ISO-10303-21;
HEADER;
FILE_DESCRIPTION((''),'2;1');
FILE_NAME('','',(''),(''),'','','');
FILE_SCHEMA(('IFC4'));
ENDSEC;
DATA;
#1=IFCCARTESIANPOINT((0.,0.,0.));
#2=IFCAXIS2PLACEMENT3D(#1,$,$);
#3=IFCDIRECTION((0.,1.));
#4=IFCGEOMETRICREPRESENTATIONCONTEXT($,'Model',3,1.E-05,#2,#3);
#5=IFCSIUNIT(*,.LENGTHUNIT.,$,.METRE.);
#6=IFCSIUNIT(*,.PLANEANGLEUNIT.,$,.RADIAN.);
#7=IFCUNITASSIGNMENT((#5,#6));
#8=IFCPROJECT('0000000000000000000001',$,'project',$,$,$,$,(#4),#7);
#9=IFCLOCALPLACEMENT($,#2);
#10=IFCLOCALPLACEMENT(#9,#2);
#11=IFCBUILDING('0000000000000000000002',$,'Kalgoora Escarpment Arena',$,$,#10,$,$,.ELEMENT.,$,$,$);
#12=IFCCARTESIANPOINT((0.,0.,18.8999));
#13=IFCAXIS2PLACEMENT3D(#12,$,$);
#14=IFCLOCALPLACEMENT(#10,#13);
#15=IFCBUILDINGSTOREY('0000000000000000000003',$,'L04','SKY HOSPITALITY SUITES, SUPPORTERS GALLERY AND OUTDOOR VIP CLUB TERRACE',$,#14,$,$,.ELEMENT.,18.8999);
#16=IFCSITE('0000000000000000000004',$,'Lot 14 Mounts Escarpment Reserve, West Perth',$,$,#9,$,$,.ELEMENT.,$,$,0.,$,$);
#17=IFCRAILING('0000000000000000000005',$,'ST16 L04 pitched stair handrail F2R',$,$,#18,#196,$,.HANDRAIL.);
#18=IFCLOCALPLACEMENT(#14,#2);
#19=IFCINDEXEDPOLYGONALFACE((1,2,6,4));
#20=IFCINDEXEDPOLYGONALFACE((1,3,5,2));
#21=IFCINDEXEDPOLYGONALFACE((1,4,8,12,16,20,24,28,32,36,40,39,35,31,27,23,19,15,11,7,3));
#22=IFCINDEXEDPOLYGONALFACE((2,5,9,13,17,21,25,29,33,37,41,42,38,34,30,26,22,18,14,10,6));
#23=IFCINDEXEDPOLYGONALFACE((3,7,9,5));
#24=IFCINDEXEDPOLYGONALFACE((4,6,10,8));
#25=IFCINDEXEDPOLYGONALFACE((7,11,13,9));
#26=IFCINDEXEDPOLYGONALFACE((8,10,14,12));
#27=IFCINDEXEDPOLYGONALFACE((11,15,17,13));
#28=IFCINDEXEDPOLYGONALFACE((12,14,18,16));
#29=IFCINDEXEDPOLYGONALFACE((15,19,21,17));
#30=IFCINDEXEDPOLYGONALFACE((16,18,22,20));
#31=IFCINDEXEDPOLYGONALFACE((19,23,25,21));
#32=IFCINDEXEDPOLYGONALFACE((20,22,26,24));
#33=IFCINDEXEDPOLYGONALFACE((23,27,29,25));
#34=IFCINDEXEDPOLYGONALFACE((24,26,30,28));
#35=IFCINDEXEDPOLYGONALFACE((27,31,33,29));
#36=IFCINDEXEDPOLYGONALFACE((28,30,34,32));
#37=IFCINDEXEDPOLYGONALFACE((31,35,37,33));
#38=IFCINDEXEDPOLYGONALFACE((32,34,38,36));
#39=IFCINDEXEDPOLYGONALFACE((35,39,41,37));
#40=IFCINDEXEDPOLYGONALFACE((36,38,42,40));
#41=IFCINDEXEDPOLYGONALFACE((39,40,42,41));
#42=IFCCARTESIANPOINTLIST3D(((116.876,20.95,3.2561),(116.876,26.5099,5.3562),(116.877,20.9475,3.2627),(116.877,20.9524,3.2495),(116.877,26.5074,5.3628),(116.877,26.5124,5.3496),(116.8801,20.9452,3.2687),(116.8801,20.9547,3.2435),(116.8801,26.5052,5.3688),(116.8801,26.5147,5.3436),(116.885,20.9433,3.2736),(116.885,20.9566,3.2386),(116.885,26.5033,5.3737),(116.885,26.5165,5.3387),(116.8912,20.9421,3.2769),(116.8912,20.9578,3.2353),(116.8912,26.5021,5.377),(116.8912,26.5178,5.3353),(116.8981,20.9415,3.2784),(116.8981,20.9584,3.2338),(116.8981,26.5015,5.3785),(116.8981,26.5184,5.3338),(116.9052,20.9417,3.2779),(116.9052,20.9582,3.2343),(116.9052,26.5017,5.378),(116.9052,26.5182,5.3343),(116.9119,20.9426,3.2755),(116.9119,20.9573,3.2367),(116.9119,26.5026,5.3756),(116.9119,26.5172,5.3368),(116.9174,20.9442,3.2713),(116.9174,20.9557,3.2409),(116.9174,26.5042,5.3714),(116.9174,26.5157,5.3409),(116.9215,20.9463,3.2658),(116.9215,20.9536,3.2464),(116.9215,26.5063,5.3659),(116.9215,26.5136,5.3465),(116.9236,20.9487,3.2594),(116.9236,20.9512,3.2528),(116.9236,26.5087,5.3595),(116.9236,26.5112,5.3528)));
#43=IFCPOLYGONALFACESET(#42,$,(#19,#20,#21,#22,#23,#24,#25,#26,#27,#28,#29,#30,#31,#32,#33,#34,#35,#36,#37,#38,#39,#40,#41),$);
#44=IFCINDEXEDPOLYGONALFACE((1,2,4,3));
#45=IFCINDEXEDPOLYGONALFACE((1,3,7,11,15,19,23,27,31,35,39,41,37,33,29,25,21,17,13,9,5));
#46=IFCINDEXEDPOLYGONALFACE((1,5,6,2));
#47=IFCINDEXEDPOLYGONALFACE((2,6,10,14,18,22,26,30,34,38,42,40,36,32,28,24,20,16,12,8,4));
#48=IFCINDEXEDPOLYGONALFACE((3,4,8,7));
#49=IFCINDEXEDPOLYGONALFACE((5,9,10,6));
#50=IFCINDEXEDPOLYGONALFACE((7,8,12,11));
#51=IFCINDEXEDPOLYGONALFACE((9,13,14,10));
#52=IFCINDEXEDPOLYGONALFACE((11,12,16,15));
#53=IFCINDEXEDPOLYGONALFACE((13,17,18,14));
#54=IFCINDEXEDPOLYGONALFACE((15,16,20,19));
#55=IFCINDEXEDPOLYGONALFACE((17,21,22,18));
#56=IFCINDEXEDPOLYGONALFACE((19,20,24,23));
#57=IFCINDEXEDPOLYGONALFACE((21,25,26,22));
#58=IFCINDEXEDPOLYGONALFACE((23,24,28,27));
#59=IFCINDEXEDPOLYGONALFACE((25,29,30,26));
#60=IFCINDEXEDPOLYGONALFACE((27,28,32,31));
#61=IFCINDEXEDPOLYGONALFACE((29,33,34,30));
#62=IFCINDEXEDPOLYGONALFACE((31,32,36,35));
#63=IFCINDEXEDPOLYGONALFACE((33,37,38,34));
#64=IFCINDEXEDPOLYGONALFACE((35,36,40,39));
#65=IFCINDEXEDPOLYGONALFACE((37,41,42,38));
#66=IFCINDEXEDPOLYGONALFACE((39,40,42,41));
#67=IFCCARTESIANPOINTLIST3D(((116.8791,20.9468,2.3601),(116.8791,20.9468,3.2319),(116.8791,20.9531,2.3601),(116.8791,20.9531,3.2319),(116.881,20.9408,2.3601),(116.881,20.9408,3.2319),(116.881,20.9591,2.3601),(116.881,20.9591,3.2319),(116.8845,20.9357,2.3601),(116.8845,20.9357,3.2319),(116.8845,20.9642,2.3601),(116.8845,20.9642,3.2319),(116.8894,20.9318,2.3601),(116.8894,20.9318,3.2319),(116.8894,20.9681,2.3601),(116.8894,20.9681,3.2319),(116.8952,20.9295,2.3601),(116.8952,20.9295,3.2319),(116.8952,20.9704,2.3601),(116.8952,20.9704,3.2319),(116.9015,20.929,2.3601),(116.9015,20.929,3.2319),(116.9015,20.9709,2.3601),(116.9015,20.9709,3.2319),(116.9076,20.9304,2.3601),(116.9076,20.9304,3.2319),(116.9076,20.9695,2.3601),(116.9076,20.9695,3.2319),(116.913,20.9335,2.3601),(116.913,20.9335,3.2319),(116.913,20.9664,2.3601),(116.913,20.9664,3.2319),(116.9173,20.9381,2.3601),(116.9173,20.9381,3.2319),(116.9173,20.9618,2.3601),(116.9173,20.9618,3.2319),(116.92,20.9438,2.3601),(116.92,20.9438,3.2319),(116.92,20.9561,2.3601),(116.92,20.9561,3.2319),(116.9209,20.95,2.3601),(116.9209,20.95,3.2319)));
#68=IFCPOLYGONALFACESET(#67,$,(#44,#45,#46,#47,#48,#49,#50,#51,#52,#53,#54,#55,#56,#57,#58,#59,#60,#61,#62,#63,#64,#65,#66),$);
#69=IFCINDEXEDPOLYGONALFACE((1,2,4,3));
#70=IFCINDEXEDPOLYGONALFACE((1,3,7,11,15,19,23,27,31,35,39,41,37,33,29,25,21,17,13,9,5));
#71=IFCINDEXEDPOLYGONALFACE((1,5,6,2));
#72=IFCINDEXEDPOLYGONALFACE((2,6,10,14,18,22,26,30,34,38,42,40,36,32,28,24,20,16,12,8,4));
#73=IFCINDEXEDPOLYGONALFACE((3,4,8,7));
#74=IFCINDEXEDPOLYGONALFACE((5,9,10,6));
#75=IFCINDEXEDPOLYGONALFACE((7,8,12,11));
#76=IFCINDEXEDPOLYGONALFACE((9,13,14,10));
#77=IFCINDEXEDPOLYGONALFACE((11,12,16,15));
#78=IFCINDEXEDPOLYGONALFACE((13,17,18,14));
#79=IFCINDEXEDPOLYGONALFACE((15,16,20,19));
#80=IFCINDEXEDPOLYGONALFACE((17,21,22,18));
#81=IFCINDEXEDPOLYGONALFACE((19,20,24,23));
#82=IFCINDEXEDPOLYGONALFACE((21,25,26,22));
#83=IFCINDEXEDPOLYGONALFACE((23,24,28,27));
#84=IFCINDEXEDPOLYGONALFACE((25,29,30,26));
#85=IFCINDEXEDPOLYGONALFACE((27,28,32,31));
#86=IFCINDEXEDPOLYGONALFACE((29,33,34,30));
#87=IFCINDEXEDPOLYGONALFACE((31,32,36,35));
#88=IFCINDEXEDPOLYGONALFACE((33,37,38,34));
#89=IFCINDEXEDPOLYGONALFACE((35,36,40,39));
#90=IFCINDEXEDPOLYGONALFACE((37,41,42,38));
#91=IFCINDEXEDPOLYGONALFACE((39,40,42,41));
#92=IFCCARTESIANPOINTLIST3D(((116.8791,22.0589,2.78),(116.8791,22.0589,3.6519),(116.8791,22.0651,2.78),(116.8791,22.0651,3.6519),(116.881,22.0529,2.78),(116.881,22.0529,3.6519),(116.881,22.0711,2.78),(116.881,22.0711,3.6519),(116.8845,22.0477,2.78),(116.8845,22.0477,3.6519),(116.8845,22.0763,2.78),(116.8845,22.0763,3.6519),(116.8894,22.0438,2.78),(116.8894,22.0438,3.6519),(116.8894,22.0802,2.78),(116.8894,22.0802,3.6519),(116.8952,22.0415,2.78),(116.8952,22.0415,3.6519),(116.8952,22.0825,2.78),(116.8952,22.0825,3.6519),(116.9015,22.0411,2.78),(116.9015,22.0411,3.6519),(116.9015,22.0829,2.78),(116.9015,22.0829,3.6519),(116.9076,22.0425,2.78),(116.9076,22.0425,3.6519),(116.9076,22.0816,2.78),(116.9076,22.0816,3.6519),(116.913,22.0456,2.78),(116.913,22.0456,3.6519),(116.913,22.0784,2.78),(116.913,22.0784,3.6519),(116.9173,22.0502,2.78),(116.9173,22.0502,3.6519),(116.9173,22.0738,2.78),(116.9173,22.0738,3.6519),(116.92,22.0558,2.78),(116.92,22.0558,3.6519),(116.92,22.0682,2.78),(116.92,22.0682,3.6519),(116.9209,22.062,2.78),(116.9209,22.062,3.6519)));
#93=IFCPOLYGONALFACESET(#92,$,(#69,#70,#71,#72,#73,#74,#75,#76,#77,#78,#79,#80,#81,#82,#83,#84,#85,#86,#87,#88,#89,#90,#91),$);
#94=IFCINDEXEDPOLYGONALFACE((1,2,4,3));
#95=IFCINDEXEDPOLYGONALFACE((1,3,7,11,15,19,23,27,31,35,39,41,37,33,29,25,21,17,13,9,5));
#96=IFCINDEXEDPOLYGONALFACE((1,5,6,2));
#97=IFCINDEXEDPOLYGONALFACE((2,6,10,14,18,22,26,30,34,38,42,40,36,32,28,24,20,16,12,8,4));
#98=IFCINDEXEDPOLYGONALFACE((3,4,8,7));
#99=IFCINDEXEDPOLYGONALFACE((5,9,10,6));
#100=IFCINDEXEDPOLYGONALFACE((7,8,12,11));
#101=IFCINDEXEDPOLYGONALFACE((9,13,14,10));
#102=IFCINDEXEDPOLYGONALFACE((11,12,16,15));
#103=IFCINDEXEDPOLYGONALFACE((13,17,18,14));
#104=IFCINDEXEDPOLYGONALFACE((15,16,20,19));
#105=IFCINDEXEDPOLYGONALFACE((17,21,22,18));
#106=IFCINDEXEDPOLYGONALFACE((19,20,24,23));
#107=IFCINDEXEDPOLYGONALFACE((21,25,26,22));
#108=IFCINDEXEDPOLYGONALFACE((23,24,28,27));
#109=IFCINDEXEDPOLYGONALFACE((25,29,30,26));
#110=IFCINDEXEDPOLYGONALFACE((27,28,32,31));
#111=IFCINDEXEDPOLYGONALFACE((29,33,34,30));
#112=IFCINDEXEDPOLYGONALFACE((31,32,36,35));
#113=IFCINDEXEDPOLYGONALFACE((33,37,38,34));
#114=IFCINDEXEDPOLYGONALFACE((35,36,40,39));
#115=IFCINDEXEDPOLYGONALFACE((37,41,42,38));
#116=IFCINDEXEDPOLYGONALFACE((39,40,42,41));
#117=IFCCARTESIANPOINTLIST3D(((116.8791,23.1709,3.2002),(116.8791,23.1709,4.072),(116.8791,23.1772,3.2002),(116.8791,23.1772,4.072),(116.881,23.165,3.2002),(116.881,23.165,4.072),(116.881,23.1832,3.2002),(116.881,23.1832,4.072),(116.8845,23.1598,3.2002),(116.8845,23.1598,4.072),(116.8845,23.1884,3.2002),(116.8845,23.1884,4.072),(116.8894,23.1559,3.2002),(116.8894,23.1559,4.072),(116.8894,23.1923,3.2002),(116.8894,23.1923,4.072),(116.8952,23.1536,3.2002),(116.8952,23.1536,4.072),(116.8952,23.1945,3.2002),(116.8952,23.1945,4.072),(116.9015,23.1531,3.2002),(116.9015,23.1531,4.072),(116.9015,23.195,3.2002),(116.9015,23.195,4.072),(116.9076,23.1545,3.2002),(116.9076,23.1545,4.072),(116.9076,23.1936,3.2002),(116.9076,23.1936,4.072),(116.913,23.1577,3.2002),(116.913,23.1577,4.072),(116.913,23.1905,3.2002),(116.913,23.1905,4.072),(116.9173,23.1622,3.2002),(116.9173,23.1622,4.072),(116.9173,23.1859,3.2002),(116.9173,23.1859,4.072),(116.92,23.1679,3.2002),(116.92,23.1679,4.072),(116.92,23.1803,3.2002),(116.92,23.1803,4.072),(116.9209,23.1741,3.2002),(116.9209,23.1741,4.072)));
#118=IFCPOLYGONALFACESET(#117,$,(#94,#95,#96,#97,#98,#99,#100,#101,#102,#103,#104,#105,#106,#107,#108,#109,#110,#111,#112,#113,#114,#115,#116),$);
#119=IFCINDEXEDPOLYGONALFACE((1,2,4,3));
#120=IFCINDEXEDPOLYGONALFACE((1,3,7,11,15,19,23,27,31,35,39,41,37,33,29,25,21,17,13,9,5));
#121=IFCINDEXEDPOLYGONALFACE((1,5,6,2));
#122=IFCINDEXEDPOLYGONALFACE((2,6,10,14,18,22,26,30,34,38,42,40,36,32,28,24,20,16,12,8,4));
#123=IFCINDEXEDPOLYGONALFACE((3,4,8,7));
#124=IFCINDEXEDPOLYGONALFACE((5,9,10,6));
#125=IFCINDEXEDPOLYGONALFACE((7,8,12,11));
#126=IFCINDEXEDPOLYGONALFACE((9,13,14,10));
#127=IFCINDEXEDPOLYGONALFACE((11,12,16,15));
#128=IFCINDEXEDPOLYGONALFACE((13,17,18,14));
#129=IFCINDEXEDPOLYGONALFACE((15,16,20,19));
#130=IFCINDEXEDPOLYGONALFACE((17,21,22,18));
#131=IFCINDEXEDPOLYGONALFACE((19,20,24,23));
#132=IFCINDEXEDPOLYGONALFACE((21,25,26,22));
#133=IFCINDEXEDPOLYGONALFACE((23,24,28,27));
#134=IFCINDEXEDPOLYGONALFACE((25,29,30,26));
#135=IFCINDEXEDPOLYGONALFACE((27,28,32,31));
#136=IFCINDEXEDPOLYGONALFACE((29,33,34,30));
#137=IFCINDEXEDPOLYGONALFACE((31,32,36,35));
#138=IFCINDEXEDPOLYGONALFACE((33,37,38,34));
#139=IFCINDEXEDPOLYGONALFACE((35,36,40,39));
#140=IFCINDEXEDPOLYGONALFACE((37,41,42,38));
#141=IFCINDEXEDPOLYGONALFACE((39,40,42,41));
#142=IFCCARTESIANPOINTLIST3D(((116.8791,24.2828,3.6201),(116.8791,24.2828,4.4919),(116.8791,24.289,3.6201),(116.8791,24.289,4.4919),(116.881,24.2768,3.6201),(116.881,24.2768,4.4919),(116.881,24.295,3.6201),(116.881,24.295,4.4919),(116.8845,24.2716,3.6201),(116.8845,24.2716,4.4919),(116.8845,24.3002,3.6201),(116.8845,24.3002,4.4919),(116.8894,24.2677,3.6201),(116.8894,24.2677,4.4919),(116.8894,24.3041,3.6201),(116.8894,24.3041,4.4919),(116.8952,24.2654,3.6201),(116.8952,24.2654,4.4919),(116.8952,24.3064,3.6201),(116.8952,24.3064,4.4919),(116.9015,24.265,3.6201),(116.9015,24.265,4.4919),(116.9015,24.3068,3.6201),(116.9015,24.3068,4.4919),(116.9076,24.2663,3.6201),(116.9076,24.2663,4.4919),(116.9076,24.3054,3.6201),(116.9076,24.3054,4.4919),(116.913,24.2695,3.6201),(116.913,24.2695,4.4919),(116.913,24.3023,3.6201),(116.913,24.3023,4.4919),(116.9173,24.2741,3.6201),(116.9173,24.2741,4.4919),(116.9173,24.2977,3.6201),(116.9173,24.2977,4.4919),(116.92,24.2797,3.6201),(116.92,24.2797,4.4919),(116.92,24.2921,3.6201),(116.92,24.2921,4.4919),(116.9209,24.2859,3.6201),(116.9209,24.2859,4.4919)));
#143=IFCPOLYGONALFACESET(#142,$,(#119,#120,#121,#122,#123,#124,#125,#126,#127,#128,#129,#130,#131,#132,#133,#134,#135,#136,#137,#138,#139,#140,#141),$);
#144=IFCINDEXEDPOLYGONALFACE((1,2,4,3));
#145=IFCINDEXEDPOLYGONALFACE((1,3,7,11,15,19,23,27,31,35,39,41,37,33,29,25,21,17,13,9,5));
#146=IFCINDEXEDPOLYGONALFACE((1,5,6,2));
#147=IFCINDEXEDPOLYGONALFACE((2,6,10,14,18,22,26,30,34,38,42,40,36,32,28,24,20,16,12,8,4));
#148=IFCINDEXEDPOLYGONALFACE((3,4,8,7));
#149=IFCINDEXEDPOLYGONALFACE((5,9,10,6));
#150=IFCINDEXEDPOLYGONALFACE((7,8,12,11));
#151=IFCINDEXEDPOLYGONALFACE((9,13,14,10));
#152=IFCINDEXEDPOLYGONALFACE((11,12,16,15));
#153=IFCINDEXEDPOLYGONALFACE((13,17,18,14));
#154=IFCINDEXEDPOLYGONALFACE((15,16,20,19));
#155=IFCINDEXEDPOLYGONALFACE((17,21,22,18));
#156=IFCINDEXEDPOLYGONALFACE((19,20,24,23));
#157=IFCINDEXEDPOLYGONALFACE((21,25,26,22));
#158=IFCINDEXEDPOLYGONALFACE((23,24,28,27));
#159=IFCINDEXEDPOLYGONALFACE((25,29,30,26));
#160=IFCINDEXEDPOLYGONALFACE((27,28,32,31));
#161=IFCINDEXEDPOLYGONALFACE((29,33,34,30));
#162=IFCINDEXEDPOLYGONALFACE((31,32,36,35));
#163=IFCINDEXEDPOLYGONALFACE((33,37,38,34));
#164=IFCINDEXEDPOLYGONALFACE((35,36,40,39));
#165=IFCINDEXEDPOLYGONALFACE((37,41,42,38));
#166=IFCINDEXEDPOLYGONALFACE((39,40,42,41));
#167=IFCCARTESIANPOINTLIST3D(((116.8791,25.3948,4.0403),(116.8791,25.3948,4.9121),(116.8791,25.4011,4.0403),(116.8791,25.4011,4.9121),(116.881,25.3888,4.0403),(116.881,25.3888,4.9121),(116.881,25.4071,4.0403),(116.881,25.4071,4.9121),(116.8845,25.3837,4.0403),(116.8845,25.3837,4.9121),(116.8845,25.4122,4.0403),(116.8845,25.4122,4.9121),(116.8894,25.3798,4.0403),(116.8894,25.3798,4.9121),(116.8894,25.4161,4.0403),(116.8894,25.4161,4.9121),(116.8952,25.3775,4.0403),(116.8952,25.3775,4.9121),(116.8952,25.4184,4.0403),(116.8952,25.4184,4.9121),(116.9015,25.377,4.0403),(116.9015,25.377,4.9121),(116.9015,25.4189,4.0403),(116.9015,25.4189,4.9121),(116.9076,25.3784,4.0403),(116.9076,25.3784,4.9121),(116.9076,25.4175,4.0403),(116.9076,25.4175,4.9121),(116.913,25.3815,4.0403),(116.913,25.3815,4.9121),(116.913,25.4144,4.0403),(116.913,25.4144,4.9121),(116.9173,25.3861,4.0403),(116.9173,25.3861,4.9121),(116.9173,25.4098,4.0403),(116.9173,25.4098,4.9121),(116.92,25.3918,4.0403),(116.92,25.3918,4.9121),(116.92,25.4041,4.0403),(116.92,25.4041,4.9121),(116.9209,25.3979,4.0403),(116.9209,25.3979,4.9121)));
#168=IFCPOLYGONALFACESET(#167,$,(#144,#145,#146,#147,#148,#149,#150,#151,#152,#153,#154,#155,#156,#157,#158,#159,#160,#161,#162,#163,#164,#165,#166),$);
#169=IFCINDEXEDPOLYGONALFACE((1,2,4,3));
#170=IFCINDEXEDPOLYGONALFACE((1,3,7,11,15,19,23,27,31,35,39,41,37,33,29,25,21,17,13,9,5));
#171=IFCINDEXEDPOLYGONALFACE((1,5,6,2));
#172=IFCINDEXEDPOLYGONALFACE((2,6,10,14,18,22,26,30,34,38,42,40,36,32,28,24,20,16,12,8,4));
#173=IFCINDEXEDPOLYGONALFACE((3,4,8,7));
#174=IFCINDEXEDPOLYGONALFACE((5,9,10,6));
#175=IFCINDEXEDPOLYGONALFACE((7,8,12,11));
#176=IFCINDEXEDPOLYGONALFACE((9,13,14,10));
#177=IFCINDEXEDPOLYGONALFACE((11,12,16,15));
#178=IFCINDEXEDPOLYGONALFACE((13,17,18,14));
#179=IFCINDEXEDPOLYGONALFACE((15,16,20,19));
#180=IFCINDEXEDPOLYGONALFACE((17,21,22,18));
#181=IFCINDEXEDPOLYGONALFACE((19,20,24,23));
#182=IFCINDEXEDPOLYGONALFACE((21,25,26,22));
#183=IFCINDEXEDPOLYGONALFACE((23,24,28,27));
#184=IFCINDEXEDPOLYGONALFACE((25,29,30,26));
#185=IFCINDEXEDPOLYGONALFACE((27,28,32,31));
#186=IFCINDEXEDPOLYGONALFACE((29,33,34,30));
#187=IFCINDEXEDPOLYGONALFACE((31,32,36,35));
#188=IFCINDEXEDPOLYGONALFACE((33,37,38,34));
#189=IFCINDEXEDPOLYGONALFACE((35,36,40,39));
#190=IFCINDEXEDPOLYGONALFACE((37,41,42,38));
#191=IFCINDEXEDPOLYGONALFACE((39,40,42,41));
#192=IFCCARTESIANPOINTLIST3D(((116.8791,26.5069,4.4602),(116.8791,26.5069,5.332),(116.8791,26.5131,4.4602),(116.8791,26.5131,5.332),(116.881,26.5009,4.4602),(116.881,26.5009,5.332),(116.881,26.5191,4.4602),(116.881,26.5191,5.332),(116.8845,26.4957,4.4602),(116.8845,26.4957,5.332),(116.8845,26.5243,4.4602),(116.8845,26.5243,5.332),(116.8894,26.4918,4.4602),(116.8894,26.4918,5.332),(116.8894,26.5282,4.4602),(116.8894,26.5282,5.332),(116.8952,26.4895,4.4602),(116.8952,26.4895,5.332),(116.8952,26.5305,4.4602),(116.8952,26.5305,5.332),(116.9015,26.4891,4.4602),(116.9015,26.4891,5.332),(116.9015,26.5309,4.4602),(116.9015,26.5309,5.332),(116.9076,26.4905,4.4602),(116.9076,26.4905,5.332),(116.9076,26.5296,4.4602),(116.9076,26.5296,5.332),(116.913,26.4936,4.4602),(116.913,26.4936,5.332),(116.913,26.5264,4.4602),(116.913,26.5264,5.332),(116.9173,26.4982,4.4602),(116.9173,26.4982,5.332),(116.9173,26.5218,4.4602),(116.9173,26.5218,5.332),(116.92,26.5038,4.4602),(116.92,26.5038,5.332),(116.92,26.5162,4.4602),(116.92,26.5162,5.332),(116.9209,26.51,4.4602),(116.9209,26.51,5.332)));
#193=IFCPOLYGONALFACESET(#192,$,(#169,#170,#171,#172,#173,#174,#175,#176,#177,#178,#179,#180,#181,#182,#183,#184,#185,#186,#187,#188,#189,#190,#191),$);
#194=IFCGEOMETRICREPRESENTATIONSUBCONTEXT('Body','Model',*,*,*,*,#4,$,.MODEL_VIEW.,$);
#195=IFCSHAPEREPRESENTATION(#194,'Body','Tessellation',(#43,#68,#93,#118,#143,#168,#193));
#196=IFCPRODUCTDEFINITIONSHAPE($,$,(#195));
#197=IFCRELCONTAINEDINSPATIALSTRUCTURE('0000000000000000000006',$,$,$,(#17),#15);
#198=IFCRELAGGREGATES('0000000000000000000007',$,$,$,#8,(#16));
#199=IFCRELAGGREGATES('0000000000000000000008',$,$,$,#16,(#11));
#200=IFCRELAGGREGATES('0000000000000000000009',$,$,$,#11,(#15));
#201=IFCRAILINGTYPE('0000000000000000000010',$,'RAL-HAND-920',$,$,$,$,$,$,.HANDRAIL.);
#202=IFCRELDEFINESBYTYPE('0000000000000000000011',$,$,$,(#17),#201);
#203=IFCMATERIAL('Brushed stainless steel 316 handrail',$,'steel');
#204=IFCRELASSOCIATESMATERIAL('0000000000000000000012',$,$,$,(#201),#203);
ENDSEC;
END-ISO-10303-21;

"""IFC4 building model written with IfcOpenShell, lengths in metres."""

from ifc_helpers import new_model, si_unit, direction, frame, origin, origin_2d, place, context, subcontext, project, spatial, circle, extrude, material, type_object, element, save


model = new_model("IFC4")

# Units and contexts
model_context = context("Model", 3, precision=1e-05, world=origin(), true_north=direction((0.0, 1.0)))
body_context = subcontext(model_context, "Body", "Model", "MODEL_VIEW")
ifc_project = project(units=[si_unit("LENGTHUNIT", "METRE"), si_unit("PLANEANGLEUNIT", "RADIAN")], contexts=[model_context])

# Site, building, storey
site_placement = place(None, origin())
site = spatial("IfcSite", under=ifc_project, at=site_placement, Name="Lot 14 Mounts Escarpment Reserve, West Perth", CompositionType="ELEMENT", RefElevation=0.0)
building_placement = place(site_placement, origin())
building = spatial("IfcBuilding", under=site, at=building_placement, Name="Kalgoora Escarpment Arena", CompositionType="ELEMENT")
storey_placement = place(building_placement, frame((0.0, 0.0, 18.8999)))
storey = spatial("IfcBuildingStorey", under=building, at=storey_placement, Name="L04", Description="SKY HOSPITALITY SUITES, SUPPORTERS GALLERY AND OUTDOOR VIP CLUB TERRACE", CompositionType="ELEMENT", Elevation=18.8999)

# Railing
ifc_material_1 = material(Name="Brushed stainless steel 316 handrail", Category="steel")
railing_type_1 = type_object("IfcRailingType", Name="RAL-HAND-920", PredefinedType="HANDRAIL", material=ifc_material_1)
for number, where, name in (
    (1, (116.8999, 20.95, 2.3601), "ST16 L04 pitched stair handrail F2R"),
):
    element("IfcRailing", number, at=place(storey_placement, frame(where)), inside=storey, type_object=railing_type_1, Name=name, PredefinedType="HANDRAIL", context=body_context, shape_type="SweptSolid", body=[
        extrude(circle(Radius=0.0239, at=origin_2d()), frame((0.0, 0.0, 0.896), z_axis=(0.0, 0.935493, 0.353346), x_axis=(-1.0, 0.0, 0.0)), (0.0, 0.0, 1.0), 5.9434),
        extrude(circle(Radius=0.021, at=origin_2d()), origin(), (0.0, 0.0, 1.0), 0.8718),
        extrude(circle(Radius=0.021, at=origin_2d()), frame((0.0, 1.1121, 0.4199)), (0.0, 0.0, 1.0), 0.8718),
        extrude(circle(Radius=0.021, at=origin_2d()), frame((0.0, 2.2241, 0.8401)), (0.0, 0.0, 1.0), 0.8718),
        extrude(circle(Radius=0.021, at=origin_2d()), frame((0.0, 3.3359, 1.26)), (0.0, 0.0, 1.0), 0.8718),
        extrude(circle(Radius=0.021, at=origin_2d()), frame((0.0, 4.448, 1.6802)), (0.0, 0.0, 1.0), 0.8718),
        extrude(circle(Radius=0.021, at=origin_2d()), frame((0.0, 5.5601, 2.1001)), (0.0, 0.0, 1.0), 0.8718),
    ])

save(model, "model.ifc")
